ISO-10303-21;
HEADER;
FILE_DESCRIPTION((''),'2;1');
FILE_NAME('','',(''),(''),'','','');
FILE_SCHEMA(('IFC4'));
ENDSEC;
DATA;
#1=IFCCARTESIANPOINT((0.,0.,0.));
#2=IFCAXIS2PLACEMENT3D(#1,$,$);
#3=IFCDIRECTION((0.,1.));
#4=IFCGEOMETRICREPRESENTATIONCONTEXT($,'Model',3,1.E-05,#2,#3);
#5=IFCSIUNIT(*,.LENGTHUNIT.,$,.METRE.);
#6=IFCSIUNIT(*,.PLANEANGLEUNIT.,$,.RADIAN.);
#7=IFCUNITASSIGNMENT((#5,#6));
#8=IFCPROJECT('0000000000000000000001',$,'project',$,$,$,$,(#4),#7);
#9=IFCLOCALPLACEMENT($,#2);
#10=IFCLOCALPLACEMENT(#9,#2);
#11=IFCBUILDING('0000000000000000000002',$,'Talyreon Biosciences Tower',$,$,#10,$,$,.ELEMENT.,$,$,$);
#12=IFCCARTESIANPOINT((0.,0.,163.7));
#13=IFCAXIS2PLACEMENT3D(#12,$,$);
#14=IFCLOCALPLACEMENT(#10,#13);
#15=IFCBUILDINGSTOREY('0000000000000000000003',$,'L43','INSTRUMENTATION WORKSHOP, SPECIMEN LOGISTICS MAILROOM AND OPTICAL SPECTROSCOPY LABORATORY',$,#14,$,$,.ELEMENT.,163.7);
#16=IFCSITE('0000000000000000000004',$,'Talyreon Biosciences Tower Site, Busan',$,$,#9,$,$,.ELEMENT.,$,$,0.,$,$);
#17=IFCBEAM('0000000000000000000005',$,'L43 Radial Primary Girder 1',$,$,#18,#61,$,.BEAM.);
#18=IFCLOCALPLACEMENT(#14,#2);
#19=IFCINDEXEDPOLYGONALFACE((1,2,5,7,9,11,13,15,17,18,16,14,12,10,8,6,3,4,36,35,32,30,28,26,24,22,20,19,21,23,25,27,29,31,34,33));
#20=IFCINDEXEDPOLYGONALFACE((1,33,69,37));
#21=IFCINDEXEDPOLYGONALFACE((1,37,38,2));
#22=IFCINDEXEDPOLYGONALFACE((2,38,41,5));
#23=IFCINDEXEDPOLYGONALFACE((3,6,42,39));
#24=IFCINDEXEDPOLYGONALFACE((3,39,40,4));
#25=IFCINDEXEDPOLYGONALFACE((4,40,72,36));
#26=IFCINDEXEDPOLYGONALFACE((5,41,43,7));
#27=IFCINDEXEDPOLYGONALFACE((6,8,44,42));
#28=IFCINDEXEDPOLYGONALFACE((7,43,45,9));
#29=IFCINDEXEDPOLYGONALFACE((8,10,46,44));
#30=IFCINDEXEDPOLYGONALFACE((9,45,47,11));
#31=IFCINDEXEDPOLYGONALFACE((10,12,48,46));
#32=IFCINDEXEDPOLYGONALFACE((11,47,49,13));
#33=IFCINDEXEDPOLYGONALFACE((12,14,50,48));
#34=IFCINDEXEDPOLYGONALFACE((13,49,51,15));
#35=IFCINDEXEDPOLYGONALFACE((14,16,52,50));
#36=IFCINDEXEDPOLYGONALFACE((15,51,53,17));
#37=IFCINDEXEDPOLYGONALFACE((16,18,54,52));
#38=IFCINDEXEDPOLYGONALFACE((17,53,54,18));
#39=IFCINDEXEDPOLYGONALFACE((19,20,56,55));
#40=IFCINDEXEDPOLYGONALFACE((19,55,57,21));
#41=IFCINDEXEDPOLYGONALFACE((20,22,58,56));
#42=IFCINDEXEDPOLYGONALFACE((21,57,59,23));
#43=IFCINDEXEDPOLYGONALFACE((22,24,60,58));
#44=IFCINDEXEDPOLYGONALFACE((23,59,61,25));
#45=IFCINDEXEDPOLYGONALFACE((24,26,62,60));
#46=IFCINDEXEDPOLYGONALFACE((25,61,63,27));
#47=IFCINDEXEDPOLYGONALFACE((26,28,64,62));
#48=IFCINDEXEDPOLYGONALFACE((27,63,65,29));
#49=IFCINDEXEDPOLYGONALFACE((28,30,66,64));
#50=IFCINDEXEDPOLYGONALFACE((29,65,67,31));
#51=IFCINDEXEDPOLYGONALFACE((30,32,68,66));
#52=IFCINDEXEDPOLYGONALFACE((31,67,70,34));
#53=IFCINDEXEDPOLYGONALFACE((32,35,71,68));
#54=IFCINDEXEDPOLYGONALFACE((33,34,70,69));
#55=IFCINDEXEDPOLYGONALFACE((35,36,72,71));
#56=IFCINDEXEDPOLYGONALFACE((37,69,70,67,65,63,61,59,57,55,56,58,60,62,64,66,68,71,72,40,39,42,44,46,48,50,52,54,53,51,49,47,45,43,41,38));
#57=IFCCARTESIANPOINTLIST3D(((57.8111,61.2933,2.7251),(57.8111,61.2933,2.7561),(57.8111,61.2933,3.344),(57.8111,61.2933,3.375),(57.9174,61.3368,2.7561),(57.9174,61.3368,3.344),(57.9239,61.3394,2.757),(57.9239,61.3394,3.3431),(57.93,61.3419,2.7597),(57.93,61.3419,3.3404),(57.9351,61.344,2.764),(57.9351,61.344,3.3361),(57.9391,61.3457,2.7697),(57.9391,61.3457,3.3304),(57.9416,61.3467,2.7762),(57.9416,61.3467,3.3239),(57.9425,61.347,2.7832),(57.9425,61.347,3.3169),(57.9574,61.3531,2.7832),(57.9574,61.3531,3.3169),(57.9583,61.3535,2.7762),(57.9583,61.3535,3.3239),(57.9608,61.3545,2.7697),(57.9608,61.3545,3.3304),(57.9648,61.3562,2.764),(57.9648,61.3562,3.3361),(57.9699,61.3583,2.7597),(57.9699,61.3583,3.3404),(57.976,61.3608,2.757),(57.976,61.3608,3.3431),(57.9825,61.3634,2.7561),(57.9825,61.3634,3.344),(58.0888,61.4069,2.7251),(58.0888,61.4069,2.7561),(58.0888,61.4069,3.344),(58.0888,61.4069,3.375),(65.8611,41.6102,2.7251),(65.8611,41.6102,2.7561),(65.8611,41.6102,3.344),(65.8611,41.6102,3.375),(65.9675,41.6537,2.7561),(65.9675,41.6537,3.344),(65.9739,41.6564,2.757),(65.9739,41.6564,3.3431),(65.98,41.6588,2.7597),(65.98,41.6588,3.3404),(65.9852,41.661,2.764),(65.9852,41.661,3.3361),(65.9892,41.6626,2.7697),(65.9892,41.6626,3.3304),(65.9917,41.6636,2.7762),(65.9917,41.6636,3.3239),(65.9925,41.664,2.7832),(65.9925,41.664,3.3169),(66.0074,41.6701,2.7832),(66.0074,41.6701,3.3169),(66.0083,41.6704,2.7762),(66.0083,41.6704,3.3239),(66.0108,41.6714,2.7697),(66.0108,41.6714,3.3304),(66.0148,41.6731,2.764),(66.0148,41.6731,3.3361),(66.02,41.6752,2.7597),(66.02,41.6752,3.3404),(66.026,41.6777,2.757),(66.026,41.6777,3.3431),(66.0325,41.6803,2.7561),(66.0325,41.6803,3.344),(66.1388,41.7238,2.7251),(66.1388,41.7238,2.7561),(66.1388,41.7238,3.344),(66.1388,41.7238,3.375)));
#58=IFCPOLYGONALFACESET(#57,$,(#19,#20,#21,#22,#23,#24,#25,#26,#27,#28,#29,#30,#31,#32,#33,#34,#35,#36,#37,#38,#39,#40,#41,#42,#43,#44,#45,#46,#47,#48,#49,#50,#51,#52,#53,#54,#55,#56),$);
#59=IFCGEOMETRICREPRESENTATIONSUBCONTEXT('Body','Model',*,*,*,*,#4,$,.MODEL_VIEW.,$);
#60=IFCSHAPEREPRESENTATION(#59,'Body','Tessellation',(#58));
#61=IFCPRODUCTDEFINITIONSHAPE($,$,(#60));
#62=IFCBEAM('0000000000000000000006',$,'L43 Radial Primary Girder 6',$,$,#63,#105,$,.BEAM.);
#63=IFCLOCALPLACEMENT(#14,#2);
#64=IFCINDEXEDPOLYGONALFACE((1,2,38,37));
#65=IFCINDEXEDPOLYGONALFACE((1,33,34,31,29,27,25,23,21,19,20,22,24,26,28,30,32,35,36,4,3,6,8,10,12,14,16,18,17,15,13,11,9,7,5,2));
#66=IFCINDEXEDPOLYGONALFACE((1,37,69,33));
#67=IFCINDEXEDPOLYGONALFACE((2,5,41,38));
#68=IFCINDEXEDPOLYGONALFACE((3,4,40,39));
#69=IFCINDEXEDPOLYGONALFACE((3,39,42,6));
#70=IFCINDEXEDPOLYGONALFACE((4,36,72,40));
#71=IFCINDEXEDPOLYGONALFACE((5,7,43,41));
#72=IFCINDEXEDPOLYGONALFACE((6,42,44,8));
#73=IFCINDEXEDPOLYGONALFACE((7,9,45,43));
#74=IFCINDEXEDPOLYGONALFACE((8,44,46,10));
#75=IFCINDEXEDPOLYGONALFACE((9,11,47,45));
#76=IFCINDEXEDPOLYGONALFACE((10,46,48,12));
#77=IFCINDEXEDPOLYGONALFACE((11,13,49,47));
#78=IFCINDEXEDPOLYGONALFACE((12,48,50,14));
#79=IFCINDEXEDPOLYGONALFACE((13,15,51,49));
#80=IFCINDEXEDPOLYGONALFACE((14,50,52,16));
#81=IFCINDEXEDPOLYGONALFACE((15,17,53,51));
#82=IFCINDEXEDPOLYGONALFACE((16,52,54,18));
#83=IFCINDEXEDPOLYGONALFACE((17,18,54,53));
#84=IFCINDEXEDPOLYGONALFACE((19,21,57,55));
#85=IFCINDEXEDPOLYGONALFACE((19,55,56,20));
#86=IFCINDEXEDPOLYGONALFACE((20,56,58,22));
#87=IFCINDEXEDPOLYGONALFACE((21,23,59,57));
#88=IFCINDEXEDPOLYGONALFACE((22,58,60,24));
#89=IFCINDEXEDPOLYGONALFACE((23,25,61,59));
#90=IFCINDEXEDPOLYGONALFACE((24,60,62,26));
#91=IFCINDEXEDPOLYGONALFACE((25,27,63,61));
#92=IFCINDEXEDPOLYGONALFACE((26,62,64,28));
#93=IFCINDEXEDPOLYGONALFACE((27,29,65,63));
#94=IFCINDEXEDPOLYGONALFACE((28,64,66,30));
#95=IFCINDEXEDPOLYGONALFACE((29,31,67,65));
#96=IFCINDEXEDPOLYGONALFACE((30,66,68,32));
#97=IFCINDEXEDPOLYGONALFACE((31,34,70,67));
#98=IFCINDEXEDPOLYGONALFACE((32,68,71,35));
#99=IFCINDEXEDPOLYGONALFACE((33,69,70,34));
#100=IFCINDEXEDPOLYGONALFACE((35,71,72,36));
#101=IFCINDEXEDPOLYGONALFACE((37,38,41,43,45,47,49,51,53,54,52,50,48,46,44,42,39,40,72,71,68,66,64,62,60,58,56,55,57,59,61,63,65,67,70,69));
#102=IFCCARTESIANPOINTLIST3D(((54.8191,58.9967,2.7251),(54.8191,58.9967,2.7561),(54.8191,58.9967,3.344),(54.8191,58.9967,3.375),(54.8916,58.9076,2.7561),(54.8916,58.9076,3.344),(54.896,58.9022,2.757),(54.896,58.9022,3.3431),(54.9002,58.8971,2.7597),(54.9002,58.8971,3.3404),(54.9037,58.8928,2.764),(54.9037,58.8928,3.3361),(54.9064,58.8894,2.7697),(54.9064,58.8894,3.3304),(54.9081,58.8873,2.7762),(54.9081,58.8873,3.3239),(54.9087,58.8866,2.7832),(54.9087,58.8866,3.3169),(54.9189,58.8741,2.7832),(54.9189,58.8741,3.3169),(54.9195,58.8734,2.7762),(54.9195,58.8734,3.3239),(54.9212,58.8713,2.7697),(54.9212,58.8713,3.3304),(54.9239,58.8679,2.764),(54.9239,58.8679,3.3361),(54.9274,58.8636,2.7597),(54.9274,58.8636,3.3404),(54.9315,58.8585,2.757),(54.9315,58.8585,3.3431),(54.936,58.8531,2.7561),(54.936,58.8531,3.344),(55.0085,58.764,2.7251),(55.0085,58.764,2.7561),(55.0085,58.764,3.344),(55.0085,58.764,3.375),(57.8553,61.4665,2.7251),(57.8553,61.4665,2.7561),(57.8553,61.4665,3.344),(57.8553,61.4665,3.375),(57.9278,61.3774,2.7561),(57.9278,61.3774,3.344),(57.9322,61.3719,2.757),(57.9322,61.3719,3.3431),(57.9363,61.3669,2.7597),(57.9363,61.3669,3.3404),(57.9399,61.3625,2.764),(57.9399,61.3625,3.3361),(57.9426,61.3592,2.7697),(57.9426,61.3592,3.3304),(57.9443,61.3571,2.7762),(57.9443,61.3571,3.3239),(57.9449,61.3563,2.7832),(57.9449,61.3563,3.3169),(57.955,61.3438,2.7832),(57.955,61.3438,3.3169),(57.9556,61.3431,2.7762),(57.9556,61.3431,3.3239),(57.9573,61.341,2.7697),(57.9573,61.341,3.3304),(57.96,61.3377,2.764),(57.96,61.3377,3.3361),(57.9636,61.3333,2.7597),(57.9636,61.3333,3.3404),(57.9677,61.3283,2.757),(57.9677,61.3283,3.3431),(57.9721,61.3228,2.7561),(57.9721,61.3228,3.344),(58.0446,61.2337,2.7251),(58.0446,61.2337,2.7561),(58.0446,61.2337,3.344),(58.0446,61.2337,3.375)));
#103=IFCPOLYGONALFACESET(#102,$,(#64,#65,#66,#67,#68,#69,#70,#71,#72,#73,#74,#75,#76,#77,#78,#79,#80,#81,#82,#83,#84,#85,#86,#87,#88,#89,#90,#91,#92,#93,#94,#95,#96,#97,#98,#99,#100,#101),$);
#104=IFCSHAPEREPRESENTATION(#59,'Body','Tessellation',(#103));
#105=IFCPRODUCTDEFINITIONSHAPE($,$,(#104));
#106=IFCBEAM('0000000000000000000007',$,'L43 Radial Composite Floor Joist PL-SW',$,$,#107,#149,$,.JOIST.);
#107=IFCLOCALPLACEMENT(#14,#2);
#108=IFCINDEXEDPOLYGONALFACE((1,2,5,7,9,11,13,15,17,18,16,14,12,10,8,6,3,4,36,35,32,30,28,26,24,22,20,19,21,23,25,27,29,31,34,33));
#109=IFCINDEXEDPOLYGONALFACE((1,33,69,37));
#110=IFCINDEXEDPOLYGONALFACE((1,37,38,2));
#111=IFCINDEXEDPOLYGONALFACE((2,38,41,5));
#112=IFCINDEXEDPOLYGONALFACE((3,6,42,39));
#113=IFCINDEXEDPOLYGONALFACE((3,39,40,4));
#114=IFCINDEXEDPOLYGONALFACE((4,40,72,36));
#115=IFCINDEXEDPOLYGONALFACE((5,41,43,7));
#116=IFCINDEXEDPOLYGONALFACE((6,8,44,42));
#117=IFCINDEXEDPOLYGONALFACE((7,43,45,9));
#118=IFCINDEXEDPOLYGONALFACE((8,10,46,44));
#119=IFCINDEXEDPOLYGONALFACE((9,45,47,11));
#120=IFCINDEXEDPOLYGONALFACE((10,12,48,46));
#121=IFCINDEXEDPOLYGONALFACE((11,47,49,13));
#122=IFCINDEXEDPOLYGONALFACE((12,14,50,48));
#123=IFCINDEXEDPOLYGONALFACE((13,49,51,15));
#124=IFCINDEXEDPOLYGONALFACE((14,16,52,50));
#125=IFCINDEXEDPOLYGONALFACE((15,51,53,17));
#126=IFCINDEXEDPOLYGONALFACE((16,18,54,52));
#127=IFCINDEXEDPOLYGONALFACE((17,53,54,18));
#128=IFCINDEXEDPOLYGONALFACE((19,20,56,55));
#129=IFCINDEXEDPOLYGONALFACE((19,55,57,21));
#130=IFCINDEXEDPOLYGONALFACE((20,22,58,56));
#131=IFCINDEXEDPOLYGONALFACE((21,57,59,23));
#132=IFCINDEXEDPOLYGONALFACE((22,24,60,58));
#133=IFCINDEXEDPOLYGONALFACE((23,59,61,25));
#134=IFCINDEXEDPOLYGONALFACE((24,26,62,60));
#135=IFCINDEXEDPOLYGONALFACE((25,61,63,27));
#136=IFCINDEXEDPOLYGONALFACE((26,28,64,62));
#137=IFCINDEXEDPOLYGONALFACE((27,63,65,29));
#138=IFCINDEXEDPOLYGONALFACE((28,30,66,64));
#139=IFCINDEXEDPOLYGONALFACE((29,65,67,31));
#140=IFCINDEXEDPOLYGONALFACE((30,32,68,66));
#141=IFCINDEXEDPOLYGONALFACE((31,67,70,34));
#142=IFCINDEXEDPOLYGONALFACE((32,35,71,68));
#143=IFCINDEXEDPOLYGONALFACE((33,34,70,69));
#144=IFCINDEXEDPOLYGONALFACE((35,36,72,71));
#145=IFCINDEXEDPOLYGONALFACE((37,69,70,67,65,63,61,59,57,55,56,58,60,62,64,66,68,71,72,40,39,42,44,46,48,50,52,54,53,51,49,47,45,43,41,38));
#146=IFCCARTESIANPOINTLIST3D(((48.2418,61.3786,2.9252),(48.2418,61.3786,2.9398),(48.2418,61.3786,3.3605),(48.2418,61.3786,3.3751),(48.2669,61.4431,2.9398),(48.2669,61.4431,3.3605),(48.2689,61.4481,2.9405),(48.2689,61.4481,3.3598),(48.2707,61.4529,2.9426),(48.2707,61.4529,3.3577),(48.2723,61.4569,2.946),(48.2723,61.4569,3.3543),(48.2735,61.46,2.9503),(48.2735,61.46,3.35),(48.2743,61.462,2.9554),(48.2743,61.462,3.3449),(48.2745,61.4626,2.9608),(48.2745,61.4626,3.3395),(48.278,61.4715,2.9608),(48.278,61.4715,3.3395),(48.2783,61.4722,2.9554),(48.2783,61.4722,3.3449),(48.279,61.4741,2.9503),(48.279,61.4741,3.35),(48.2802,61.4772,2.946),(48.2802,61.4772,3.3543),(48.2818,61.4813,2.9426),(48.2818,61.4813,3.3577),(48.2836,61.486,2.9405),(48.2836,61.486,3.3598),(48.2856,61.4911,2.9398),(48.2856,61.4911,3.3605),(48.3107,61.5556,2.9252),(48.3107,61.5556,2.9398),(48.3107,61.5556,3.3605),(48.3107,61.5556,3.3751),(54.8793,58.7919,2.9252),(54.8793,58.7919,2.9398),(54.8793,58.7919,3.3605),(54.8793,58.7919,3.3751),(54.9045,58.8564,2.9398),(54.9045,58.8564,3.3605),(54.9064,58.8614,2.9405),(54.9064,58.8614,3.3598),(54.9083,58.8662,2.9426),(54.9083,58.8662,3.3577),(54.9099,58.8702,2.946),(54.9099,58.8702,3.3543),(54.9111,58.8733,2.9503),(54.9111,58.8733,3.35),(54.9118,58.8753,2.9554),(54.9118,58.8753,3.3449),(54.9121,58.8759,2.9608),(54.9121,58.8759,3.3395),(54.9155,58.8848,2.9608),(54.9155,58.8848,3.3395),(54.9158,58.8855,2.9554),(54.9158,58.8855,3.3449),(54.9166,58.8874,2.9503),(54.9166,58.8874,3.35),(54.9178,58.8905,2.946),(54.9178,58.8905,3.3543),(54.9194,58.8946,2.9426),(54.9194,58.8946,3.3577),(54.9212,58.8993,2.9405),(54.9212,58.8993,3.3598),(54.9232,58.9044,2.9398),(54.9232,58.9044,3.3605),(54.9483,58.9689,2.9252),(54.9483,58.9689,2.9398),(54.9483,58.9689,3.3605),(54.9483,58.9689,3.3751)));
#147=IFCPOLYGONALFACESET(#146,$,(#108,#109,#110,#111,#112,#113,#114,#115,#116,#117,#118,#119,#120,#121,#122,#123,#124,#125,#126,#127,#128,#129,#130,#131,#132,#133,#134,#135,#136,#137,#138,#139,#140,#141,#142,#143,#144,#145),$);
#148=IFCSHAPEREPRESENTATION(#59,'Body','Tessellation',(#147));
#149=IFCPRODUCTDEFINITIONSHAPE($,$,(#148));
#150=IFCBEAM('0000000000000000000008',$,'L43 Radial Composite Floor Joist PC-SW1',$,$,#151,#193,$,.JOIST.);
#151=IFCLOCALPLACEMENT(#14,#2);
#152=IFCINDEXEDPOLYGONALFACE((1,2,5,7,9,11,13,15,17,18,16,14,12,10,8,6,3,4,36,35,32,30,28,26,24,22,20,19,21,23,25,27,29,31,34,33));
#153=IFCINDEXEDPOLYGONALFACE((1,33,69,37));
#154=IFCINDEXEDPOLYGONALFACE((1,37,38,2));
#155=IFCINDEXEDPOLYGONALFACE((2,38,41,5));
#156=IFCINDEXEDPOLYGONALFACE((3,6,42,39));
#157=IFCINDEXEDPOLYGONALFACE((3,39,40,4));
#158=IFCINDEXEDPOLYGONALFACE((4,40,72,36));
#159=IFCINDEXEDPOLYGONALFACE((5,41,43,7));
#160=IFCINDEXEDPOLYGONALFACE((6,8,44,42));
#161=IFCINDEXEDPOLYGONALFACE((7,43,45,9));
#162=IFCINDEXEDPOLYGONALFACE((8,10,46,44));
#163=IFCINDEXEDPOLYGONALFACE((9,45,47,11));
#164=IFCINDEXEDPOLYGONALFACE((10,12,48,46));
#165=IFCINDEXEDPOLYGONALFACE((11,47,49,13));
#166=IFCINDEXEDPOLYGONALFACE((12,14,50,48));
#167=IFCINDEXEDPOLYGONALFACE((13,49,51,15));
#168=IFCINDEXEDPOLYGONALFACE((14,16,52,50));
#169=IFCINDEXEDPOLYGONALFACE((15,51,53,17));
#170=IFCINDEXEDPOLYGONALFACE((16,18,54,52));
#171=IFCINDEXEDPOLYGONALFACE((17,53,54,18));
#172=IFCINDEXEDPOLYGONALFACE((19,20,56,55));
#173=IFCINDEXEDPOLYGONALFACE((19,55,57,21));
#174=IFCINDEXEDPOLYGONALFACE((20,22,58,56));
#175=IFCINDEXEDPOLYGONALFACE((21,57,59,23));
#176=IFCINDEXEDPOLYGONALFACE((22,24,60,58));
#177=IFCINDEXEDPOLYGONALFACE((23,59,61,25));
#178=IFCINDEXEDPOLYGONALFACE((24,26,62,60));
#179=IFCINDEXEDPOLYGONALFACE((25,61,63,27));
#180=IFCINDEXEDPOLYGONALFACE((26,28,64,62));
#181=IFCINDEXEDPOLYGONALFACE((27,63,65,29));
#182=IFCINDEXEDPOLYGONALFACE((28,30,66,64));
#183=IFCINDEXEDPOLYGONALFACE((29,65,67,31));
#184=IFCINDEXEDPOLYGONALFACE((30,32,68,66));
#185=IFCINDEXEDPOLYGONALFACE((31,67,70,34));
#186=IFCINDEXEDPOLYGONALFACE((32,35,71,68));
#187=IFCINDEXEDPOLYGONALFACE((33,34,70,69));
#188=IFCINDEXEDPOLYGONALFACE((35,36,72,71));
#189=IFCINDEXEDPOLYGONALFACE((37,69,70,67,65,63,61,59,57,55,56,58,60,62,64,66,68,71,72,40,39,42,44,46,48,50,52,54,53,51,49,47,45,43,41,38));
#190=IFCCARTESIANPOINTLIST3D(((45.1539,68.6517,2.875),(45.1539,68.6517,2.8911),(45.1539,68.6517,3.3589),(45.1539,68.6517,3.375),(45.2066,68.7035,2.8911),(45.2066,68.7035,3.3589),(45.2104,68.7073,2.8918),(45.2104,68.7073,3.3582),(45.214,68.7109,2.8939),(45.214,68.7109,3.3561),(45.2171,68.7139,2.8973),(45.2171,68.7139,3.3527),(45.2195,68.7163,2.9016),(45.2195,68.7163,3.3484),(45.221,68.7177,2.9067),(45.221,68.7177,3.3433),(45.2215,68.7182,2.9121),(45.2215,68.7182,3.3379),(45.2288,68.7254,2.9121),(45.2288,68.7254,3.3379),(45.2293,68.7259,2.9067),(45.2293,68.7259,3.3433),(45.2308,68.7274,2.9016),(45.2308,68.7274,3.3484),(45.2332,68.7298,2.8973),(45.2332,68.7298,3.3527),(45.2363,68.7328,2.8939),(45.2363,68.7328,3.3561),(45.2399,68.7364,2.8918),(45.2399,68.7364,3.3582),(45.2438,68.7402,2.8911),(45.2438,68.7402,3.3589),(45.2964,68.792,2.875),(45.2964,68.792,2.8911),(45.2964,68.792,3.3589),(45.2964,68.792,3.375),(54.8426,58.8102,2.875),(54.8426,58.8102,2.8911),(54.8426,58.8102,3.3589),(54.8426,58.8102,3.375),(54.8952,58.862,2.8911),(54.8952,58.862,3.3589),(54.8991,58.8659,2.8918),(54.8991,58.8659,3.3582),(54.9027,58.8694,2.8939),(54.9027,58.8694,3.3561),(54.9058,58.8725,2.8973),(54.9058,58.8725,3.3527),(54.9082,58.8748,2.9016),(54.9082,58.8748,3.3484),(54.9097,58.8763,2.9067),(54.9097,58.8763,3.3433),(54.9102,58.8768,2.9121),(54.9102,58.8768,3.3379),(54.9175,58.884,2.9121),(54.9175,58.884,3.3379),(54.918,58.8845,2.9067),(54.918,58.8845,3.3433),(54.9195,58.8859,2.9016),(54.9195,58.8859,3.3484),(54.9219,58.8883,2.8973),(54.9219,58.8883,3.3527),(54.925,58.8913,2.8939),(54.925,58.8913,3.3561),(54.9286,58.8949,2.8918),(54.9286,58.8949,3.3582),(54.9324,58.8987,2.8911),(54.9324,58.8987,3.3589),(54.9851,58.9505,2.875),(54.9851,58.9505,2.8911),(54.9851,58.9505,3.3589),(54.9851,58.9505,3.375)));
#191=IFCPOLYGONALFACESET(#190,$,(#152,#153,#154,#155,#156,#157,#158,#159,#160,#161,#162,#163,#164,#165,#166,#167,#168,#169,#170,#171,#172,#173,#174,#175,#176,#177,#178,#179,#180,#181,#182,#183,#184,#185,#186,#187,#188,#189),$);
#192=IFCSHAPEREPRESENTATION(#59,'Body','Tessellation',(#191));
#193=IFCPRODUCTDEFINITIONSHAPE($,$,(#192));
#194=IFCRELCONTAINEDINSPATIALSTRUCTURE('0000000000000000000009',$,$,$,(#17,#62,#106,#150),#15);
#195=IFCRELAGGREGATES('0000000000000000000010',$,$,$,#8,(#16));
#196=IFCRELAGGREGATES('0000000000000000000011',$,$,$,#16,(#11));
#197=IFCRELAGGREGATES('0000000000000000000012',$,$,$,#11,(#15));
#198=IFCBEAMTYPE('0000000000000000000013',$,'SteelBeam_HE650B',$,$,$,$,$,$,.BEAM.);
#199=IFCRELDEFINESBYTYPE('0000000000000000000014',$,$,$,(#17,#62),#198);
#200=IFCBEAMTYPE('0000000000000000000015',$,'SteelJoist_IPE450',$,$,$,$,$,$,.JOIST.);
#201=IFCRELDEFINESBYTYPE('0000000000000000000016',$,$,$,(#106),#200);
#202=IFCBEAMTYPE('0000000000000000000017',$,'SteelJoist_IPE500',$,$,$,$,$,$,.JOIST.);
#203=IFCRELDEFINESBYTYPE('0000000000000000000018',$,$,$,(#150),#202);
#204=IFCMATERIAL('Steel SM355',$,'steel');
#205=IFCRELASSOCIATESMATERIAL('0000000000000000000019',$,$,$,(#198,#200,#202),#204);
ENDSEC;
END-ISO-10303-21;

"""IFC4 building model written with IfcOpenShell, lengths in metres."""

from ifc_helpers import new_model, si_unit, direction, frame, origin, origin_2d, place, context, subcontext, project, spatial, i_section, extrude, material, material_profile, profile_set, type_object, element, save


model = new_model("IFC4")

# Units and contexts
model_context = context("Model", 3, precision=1e-05, world=origin(), true_north=direction((0.0, 1.0)))
body_context = subcontext(model_context, "Body", "Model", "MODEL_VIEW")
ifc_project = project(units=[si_unit("LENGTHUNIT", "METRE"), si_unit("PLANEANGLEUNIT", "RADIAN")], contexts=[model_context])

# Site, building, storey
site_placement = place(None, origin())
site = spatial("IfcSite", under=ifc_project, at=site_placement, Name="Talyreon Biosciences Tower Site, Busan", CompositionType="ELEMENT", RefElevation=0.0)
building_placement = place(site_placement, origin())
building = spatial("IfcBuilding", under=site, at=building_placement, Name="Talyreon Biosciences Tower", CompositionType="ELEMENT")
storey_placement = place(building_placement, frame((0.0, 0.0, 163.7)))
storey = spatial("IfcBuildingStorey", under=building, at=storey_placement, Name="L43", Description="INSTRUMENTATION WORKSHOP, SPECIMEN LOGISTICS MAILROOM AND OPTICAL SPECTROSCOPY LABORATORY", CompositionType="ELEMENT", Elevation=163.7)

# Beams
ifc_material_1 = material(Name="Steel SM355", Category="steel")
ifc_material_profile_1 = material_profile(ifc_material_1, i_section(OverallWidth=0.3, OverallDepth=0.6499, WebThickness=0.0161, FlangeThickness=0.031, FilletRadius=0.0271, at=origin_2d()), Name="HE650B")
ifc_profile_set_1 = profile_set([ifc_material_profile_1], Name="Steel SM355")
beam_type_1 = type_object("IfcBeamType", Name="SteelBeam_HE650B", PredefinedType="BEAM", material=ifc_profile_set_1)
beam_1_placement = place(storey_placement, frame((57.95, 61.3501, 3.05), z_axis=(0.378547, -0.925582, 0.0), x_axis=(0.925582, 0.378547, 0.0)))
element("IfcBeam", 1, at=beam_1_placement, inside=storey, type_object=beam_type_1, Name="L43 Radial Primary Girder 1", PredefinedType="BEAM", context=body_context, shape_type="SweptSolid", body=[
    extrude(i_section(OverallWidth=0.3, OverallDepth=0.6499, WebThickness=0.0161, FlangeThickness=0.031, FilletRadius=0.0271, at=origin_2d()), origin(), (0.0, 0.0, 1.0), 21.2656),
])
beam_2_placement = place(storey_placement, frame((57.95, 61.3501, 3.05), z_axis=(-0.775755, -0.631034, 0.0), x_axis=(0.631034, -0.775755, 0.0)))
element("IfcBeam", 2, at=beam_2_placement, inside=storey, type_object=beam_type_1, Name="L43 Radial Primary Girder 6", PredefinedType="BEAM", context=body_context, shape_type="SweptSolid", body=[
    extrude(i_section(OverallWidth=0.3, OverallDepth=0.6499, WebThickness=0.0161, FlangeThickness=0.031, FilletRadius=0.0271, at=origin_2d()), origin(), (0.0, 0.0, 1.0), 3.9138),
])
ifc_material_profile_2 = material_profile(ifc_material_1, i_section(OverallWidth=0.1899, OverallDepth=0.45, WebThickness=0.0095, FlangeThickness=0.0146, FilletRadius=0.021, at=origin_2d()), Name="IPE450")
ifc_profile_set_2 = profile_set([ifc_material_profile_2], Name="Steel SM355")
beam_type_2 = type_object("IfcBeamType", Name="SteelJoist_IPE450", PredefinedType="JOIST", material=ifc_profile_set_2)
beam_3_placement = place(storey_placement, frame((54.9138, 58.8804, 3.1501), z_axis=(-0.931747, 0.363109, 0.0), x_axis=(-0.363109, -0.931747, 0.0)))
element("IfcBeam", 3, at=beam_3_placement, inside=storey, type_object=beam_type_2, Name="L43 Radial Composite Floor Joist PL-SW", PredefinedType="JOIST", context=body_context, shape_type="SweptSolid", body=[
    extrude(i_section(OverallWidth=0.1899, OverallDepth=0.45, WebThickness=0.0095, FlangeThickness=0.0146, FilletRadius=0.021, at=origin_2d()), origin(), (0.0, 0.0, 1.0), 7.1238),
])
ifc_material_profile_3 = material_profile(ifc_material_1, i_section(OverallWidth=0.2, OverallDepth=0.5, WebThickness=0.0103, FlangeThickness=0.0161, FilletRadius=0.021, at=origin_2d()), Name="IPE500")
ifc_profile_set_3 = profile_set([ifc_material_profile_3], Name="Steel SM355")
beam_type_3 = type_object("IfcBeamType", Name="SteelJoist_IPE500", PredefinedType="JOIST", material=ifc_profile_set_3)
beam_4_placement = place(storey_placement, frame((54.9138, 58.8804, 3.125), z_axis=(-0.701552, 0.712618, 0.0), x_axis=(-0.712618, -0.701552, 0.0)))
element("IfcBeam", 4, at=beam_4_placement, inside=storey, type_object=beam_type_3, Name="L43 Radial Composite Floor Joist PC-SW1", PredefinedType="JOIST", context=body_context, shape_type="SweptSolid", body=[
    extrude(i_section(OverallWidth=0.2, OverallDepth=0.5, WebThickness=0.0103, FlangeThickness=0.0161, FilletRadius=0.021, at=origin_2d()), origin(), (0.0, 0.0, 1.0), 13.8103),
])

save(model, "model.ifc")
